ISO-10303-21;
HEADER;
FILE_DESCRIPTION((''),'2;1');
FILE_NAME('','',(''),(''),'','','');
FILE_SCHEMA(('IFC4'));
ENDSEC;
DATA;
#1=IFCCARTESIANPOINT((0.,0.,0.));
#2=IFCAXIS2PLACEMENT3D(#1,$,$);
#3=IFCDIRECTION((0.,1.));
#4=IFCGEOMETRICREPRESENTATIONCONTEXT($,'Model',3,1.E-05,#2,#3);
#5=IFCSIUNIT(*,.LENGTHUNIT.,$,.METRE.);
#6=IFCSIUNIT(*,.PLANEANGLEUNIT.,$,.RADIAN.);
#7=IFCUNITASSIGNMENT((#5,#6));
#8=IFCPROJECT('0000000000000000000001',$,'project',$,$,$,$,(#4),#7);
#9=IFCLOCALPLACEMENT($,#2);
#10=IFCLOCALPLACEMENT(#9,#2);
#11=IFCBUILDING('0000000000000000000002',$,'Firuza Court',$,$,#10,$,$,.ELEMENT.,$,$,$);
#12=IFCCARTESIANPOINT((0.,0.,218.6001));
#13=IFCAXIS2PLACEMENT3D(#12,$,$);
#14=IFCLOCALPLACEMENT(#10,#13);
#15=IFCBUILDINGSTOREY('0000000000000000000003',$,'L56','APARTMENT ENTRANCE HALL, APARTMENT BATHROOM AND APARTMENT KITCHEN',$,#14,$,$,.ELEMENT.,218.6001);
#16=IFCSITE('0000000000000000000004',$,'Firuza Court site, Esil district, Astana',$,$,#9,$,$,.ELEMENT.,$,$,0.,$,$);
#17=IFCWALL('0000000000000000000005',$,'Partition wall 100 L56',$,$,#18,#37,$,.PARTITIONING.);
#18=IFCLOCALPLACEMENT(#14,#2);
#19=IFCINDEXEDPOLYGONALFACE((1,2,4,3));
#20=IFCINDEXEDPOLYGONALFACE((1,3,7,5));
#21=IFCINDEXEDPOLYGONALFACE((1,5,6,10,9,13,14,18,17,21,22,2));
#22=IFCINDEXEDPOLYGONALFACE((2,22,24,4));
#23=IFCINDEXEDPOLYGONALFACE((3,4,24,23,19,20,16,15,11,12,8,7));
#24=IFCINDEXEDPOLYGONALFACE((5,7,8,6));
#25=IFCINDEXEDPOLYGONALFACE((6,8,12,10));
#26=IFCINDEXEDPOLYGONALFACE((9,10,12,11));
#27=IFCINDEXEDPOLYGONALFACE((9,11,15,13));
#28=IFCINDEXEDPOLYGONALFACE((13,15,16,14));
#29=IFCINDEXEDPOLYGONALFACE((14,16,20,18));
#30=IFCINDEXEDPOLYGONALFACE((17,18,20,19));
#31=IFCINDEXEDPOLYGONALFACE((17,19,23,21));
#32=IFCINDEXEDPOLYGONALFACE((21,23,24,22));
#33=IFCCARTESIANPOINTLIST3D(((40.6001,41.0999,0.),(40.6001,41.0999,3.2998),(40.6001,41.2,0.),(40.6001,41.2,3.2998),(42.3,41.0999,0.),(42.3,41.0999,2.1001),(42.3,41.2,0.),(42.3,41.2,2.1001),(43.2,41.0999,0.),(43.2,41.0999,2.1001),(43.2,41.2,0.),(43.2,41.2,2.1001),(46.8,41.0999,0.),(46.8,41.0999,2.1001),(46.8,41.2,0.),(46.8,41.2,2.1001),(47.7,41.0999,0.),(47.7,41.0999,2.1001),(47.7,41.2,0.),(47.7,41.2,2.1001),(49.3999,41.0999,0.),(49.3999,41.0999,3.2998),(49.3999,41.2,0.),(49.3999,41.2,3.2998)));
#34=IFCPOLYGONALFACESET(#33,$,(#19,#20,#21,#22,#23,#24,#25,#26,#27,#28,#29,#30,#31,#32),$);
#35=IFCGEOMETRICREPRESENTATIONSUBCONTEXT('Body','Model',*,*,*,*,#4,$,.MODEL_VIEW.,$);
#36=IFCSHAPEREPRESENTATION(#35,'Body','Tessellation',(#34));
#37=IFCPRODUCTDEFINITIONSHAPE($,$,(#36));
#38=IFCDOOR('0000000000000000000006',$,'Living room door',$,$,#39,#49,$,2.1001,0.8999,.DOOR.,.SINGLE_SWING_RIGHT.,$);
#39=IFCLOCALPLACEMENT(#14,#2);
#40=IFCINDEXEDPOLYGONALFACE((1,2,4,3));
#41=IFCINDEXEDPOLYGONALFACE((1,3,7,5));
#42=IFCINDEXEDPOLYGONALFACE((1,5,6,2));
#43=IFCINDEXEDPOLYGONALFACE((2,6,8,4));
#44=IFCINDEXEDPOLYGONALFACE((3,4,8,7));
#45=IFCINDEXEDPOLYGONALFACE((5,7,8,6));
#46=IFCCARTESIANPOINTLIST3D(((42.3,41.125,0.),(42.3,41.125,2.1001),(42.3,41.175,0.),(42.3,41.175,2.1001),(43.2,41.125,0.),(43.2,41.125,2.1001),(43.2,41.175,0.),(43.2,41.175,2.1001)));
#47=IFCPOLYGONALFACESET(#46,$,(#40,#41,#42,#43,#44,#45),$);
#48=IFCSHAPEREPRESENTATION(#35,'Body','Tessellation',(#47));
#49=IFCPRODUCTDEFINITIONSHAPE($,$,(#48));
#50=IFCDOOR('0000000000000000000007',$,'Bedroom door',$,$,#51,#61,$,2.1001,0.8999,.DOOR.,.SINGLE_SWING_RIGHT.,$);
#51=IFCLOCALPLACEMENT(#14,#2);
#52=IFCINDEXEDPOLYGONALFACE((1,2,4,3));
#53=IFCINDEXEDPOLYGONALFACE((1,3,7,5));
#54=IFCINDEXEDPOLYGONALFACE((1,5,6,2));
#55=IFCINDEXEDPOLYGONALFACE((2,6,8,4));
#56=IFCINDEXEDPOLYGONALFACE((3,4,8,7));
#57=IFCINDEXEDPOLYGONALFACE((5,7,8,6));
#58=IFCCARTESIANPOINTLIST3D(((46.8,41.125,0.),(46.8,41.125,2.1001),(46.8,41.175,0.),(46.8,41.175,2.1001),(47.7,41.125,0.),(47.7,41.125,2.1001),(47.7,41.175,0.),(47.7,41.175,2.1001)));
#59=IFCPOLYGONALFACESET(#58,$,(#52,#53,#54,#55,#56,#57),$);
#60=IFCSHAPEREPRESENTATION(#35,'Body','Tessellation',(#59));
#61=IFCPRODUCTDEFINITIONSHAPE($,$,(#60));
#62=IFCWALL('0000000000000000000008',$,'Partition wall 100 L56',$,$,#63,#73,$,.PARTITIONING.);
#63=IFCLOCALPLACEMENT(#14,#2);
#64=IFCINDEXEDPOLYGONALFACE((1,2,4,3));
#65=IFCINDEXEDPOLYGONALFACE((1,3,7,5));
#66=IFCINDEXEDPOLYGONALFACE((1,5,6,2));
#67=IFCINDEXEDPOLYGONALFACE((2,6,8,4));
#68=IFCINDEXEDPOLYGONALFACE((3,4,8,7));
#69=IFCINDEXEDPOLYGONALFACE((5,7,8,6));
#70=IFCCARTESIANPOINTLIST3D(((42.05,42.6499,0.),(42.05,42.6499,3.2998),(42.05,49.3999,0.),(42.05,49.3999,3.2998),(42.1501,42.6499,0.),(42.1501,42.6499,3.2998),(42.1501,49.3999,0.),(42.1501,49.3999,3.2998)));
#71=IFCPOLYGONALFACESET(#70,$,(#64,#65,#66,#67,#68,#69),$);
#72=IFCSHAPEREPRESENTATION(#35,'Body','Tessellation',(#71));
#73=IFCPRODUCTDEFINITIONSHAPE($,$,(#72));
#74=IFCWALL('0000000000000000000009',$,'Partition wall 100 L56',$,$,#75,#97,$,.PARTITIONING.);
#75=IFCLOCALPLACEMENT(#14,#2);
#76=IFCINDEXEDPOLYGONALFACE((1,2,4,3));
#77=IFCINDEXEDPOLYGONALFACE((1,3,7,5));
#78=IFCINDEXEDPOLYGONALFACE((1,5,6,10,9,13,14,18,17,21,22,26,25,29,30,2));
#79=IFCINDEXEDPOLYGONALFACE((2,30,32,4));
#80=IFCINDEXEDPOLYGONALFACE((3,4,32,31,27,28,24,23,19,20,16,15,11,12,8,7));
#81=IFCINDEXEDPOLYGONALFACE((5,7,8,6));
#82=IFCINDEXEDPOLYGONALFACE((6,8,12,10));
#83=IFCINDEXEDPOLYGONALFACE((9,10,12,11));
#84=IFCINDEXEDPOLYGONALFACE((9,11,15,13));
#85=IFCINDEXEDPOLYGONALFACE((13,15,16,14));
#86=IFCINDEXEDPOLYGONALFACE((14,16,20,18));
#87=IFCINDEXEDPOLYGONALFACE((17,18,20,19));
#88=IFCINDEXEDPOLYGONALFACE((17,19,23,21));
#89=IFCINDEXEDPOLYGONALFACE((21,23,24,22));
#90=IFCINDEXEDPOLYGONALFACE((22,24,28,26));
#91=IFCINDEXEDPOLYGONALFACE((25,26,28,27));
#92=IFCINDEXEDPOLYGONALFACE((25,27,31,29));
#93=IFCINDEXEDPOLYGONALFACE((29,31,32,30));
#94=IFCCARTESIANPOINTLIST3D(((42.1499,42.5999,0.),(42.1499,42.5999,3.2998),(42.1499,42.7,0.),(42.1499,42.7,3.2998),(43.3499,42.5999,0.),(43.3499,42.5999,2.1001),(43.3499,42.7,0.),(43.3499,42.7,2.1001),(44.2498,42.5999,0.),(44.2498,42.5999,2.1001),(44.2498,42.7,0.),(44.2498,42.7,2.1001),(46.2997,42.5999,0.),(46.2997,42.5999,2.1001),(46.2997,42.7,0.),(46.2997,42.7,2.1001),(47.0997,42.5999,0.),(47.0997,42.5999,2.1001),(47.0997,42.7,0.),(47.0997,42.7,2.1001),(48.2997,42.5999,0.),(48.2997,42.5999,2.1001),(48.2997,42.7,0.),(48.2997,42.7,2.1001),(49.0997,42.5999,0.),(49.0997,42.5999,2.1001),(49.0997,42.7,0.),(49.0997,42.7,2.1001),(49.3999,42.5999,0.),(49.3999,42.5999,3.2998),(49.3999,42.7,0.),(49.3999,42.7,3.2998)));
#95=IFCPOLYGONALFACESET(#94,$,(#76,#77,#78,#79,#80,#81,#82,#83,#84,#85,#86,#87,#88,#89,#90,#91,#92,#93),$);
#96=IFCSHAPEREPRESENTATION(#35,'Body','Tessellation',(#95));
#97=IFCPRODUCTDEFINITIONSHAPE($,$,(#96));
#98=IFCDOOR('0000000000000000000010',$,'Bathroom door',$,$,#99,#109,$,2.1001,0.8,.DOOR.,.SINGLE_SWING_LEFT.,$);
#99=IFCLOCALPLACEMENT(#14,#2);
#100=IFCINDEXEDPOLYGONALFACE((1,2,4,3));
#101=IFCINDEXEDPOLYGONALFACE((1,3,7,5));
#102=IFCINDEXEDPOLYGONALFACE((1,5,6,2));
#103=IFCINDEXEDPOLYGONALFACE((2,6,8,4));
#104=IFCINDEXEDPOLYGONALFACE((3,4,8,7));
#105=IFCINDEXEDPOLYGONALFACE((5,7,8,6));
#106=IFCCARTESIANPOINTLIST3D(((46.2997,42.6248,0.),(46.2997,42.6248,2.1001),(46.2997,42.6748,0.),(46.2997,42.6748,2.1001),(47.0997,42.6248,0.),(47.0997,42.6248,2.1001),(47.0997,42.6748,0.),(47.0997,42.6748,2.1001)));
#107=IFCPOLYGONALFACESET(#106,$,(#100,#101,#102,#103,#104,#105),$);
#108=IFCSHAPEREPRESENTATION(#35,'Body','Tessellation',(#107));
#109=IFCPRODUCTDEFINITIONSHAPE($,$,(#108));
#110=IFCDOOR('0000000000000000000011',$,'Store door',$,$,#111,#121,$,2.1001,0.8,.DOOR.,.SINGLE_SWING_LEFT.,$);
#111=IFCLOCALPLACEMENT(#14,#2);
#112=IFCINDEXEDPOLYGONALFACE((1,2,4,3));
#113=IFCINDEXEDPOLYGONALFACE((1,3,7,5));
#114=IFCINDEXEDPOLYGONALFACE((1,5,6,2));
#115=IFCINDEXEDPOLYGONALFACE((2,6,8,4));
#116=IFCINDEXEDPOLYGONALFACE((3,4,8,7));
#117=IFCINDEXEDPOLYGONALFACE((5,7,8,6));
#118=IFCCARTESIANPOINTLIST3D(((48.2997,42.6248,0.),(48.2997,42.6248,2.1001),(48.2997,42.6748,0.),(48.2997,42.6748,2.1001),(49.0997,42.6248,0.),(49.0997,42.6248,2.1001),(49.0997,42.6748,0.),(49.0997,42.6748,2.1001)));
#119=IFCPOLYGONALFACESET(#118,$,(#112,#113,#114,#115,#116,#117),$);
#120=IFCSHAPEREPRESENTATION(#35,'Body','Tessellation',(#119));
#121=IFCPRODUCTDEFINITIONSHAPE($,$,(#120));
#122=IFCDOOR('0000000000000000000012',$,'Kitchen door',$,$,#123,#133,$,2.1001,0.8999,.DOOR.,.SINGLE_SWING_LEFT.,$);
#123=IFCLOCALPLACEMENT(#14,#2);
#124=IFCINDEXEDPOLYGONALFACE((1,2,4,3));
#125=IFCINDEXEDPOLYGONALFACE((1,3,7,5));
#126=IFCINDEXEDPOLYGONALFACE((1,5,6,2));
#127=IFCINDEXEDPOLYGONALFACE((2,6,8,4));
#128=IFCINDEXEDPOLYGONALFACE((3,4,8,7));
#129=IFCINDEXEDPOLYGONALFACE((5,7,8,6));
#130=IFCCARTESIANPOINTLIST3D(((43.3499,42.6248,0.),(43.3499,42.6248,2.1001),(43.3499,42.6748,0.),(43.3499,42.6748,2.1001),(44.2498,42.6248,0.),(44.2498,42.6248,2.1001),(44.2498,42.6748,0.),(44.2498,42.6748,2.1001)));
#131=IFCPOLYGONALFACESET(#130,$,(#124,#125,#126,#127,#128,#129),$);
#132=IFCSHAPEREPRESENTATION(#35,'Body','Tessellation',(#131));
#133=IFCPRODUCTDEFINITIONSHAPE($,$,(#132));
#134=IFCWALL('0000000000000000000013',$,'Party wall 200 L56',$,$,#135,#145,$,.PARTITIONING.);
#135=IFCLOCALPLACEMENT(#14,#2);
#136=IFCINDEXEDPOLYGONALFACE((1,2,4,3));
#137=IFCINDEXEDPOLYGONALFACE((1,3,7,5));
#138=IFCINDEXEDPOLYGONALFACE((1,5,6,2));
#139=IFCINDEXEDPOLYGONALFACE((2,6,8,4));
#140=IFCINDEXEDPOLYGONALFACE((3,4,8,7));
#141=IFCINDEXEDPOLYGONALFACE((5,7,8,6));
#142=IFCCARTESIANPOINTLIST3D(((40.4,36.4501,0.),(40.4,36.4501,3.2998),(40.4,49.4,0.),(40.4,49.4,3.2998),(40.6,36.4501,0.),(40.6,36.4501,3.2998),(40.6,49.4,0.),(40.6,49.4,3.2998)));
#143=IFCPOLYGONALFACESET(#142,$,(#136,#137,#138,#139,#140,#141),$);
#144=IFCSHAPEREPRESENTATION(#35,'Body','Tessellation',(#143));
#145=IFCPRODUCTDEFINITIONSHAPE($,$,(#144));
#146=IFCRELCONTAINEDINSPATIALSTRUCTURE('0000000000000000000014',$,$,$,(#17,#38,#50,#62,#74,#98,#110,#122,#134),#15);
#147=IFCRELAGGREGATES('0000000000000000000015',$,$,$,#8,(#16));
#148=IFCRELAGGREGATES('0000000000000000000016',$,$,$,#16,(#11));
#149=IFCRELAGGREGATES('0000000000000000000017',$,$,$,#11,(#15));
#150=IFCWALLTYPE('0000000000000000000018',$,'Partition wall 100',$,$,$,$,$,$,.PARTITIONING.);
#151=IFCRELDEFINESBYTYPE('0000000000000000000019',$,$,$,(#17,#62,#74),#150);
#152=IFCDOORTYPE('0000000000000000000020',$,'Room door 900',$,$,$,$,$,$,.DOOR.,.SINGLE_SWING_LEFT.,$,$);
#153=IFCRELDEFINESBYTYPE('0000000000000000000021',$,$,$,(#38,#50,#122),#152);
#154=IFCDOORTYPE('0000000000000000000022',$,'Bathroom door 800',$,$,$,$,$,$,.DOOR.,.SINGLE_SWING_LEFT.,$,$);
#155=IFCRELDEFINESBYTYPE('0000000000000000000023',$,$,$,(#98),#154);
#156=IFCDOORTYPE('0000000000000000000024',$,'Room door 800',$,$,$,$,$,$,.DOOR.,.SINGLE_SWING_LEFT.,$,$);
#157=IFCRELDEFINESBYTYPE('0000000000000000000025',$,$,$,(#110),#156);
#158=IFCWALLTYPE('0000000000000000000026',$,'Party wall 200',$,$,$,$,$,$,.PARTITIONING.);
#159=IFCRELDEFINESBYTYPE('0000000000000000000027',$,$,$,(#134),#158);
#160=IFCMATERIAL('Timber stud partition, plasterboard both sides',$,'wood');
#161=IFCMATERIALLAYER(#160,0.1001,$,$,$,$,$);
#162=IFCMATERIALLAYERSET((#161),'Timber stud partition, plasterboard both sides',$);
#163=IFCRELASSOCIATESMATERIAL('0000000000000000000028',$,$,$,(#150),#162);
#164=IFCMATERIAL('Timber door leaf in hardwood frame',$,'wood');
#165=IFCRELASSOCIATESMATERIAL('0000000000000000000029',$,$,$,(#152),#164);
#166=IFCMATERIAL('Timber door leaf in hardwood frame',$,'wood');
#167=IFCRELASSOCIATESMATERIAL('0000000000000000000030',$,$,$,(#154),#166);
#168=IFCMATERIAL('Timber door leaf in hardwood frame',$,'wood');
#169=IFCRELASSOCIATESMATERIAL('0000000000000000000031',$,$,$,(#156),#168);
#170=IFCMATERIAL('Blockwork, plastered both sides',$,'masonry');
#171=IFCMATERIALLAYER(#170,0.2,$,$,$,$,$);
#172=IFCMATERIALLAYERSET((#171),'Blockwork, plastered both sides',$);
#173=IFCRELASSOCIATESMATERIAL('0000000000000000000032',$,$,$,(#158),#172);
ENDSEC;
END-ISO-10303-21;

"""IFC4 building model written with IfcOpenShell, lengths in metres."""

from ifc_helpers import new_model, si_unit, direction, frame, frame_2d, origin, place, context, subcontext, project, spatial, rectangle, extrude, material, layer, layer_set, type_object, element, fill, save


model = new_model("IFC4")

# Units and contexts
model_context = context("Model", 3, precision=1e-05, world=origin(), true_north=direction((0.0, 1.0)))
body_context = subcontext(model_context, "Body", "Model", "MODEL_VIEW")
ifc_project = project(units=[si_unit("LENGTHUNIT", "METRE"), si_unit("PLANEANGLEUNIT", "RADIAN")], contexts=[model_context])

# Site, building, storey
site_placement = place(None, origin())
site = spatial("IfcSite", under=ifc_project, at=site_placement, Name="Firuza Court site, Esil district, Astana", CompositionType="ELEMENT", RefElevation=0.0)
building_placement = place(site_placement, origin())
building = spatial("IfcBuilding", under=site, at=building_placement, Name="Firuza Court", CompositionType="ELEMENT")
storey_placement = place(building_placement, frame((0.0, 0.0, 218.6001)))
storey = spatial("IfcBuildingStorey", under=building, at=storey_placement, Name="L56", Description="APARTMENT ENTRANCE HALL, APARTMENT BATHROOM AND APARTMENT KITCHEN", CompositionType="ELEMENT", Elevation=218.6001)

# Shared definitions
ifc_material_1 = material(Name="Timber stud partition, plasterboard both sides", Category="wood")
ifc_layer_1 = layer(ifc_material_1, 0.1001)
ifc_layer_set_1 = layer_set([ifc_layer_1], Name="Timber stud partition, plasterboard both sides")
wall_type_1 = type_object("IfcWallType", Name="Partition wall 100", PredefinedType="PARTITIONING", material=ifc_layer_set_1)

# Wall, openings, doors
wall_1_placement = place(storey_placement, frame((40.6001, 41.1499, 0.0), z_axis=(0.0, 0.0, 1.0), x_axis=(1.0, 0.0, 0.0)))
wall_1 = element("IfcWall", 1, at=wall_1_placement, inside=storey, type_object=wall_type_1, Name="Partition wall 100 L56", PredefinedType="PARTITIONING", context=body_context, shape_type="SweptSolid", body=[
    extrude(rectangle(XDim=8.7998, YDim=0.1001, at=frame_2d((4.3999, 0.0))), origin(), (0.0, 0.0, 1.0), 3.2998),
])
opening_1_placement = place(wall_1_placement, frame((1.7, 0.0, 0.0)))
opening_1 = element("IfcOpeningElement", 2, at=opening_1_placement, cuts=wall_1, PredefinedType="OPENING", context=body_context, shape_type="SweptSolid", body=[
    extrude(rectangle(XDim=0.8999, YDim=2.1001, at=frame_2d((0.45, 1.05))), frame((0.0, 0.062, 0.0), z_axis=(0.0, -1.0, 0.0), x_axis=(1.0, 0.0, 0.0)), (0.0, 0.0, 1.0), 0.124),
])
opening_2_placement = place(wall_1_placement, frame((6.2, 0.0, 0.0)))
opening_2 = element("IfcOpeningElement", 3, at=opening_2_placement, cuts=wall_1, PredefinedType="OPENING", context=body_context, shape_type="SweptSolid", body=[
    extrude(rectangle(XDim=0.8999, YDim=2.1001, at=frame_2d((0.45, 1.05))), frame((0.0, 0.062, 0.0), z_axis=(0.0, -1.0, 0.0), x_axis=(1.0, 0.0, 0.0)), (0.0, 0.0, 1.0), 0.124),
])
ifc_material_2 = material(Name="Timber door leaf in hardwood frame", Category="wood")
door_type_1 = type_object("IfcDoorType", Name="Room door 900", OperationType="SINGLE_SWING_LEFT", PredefinedType="DOOR", material=ifc_material_2)
door_1_placement = place(opening_1_placement, frame((0.8999, 0.0, 0.0), z_axis=(0.0, 0.0, 1.0), x_axis=(-1.0, 0.0, 0.0)))
door_1 = element("IfcDoor", 4, at=door_1_placement, inside=storey, type_object=door_type_1, Name="Living room door", OperationType="SINGLE_SWING_RIGHT", OverallHeight=2.1001, OverallWidth=0.8999, PredefinedType="DOOR", context=body_context, shape_type="SweptSolid", body=[
    extrude(rectangle(XDim=0.8999, YDim=2.1001, at=frame_2d((0.45, 1.05))), frame((0.0, 0.0249, 0.0), z_axis=(0.0, -1.0, 0.0), x_axis=(1.0, 0.0, 0.0)), (0.0, 0.0, 1.0), 0.05),
])
fill(opening_1, door_1)
door_2_placement = place(opening_2_placement, frame((0.8999, 0.0, 0.0), z_axis=(0.0, 0.0, 1.0), x_axis=(-1.0, 0.0, 0.0)))
door_2 = element("IfcDoor", 5, at=door_2_placement, inside=storey, type_object=door_type_1, Name="Bedroom door", OperationType="SINGLE_SWING_RIGHT", OverallHeight=2.1001, OverallWidth=0.8999, PredefinedType="DOOR", context=body_context, shape_type="SweptSolid", body=[
    extrude(rectangle(XDim=0.8999, YDim=2.1001, at=frame_2d((0.45, 1.05))), frame((0.0, 0.0249, 0.0), z_axis=(0.0, -1.0, 0.0), x_axis=(1.0, 0.0, 0.0)), (0.0, 0.0, 1.0), 0.05),
])
fill(opening_2, door_2)

# Wall
wall_2_placement = place(storey_placement, frame((42.1001, 42.6499, 0.0), z_axis=(0.0, 0.0, 1.0), x_axis=(0.0, 1.0, 0.0)))
element("IfcWall", 6, at=wall_2_placement, inside=storey, type_object=wall_type_1, Name="Partition wall 100 L56", PredefinedType="PARTITIONING", context=body_context, shape_type="SweptSolid", body=[
    extrude(rectangle(XDim=6.75, YDim=0.1001, at=frame_2d((3.375, 0.0))), origin(), (0.0, 0.0, 1.0), 3.2998),
])

# Wall, openings, doors
wall_3_placement = place(storey_placement, frame((42.1499, 42.6499, 0.0), z_axis=(0.0, 0.0, 1.0), x_axis=(1.0, 0.0, 0.0)))
wall_3 = element("IfcWall", 7, at=wall_3_placement, inside=storey, type_object=wall_type_1, Name="Partition wall 100 L56", PredefinedType="PARTITIONING", context=body_context, shape_type="SweptSolid", body=[
    extrude(rectangle(XDim=7.25, YDim=0.1001, at=frame_2d((3.625, 0.0))), origin(), (0.0, 0.0, 1.0), 3.2998),
])
opening_3_placement = place(wall_3_placement, frame((4.1499, 0.0, 0.0)))
opening_3 = element("IfcOpeningElement", 8, at=opening_3_placement, cuts=wall_3, PredefinedType="OPENING", context=body_context, shape_type="SweptSolid", body=[
    extrude(rectangle(XDim=0.8, YDim=2.1001, at=frame_2d((0.3999, 1.05))), frame((0.0, 0.062, 0.0), z_axis=(0.0, -1.0, 0.0), x_axis=(1.0, 0.0, 0.0)), (0.0, 0.0, 1.0), 0.124),
])
opening_4_placement = place(wall_3_placement, frame((1.2, 0.0, 0.0)))
opening_4 = element("IfcOpeningElement", 9, at=opening_4_placement, cuts=wall_3, PredefinedType="OPENING", context=body_context, shape_type="SweptSolid", body=[
    extrude(rectangle(XDim=0.8999, YDim=2.1001, at=frame_2d((0.45, 1.05))), frame((0.0, 0.062, 0.0), z_axis=(0.0, -1.0, 0.0), x_axis=(1.0, 0.0, 0.0)), (0.0, 0.0, 1.0), 0.124),
])
opening_5_placement = place(wall_3_placement, frame((6.1499, 0.0, 0.0)))
opening_5 = element("IfcOpeningElement", 10, at=opening_5_placement, cuts=wall_3, PredefinedType="OPENING", context=body_context, shape_type="SweptSolid", body=[
    extrude(rectangle(XDim=0.8, YDim=2.1001, at=frame_2d((0.3999, 1.05))), frame((0.0, 0.062, 0.0), z_axis=(0.0, -1.0, 0.0), x_axis=(1.0, 0.0, 0.0)), (0.0, 0.0, 1.0), 0.124),
])
ifc_material_3 = material(Name="Timber door leaf in hardwood frame", Category="wood")
door_type_2 = type_object("IfcDoorType", Name="Bathroom door 800", OperationType="SINGLE_SWING_LEFT", PredefinedType="DOOR", material=ifc_material_3)
door_3_placement = place(opening_3_placement, origin())
door_3 = element("IfcDoor", 11, at=door_3_placement, inside=storey, type_object=door_type_2, Name="Bathroom door", OperationType="SINGLE_SWING_LEFT", OverallHeight=2.1001, OverallWidth=0.8, PredefinedType="DOOR", context=body_context, shape_type="SweptSolid", body=[
    extrude(rectangle(XDim=0.8, YDim=2.1001, at=frame_2d((0.3999, 1.05))), frame((0.0, 0.0249, 0.0), z_axis=(0.0, -1.0, 0.0), x_axis=(1.0, 0.0, 0.0)), (0.0, 0.0, 1.0), 0.05),
])
fill(opening_3, door_3)
ifc_material_4 = material(Name="Timber door leaf in hardwood frame", Category="wood")
door_type_3 = type_object("IfcDoorType", Name="Room door 800", OperationType="SINGLE_SWING_LEFT", PredefinedType="DOOR", material=ifc_material_4)
door_4_placement = place(opening_5_placement, origin())
door_4 = element("IfcDoor", 12, at=door_4_placement, inside=storey, type_object=door_type_3, Name="Store door", OperationType="SINGLE_SWING_LEFT", OverallHeight=2.1001, OverallWidth=0.8, PredefinedType="DOOR", context=body_context, shape_type="SweptSolid", body=[
    extrude(rectangle(XDim=0.8, YDim=2.1001, at=frame_2d((0.3999, 1.05))), frame((0.0, 0.0249, 0.0), z_axis=(0.0, -1.0, 0.0), x_axis=(1.0, 0.0, 0.0)), (0.0, 0.0, 1.0), 0.05),
])
fill(opening_5, door_4)
door_5_placement = place(opening_4_placement, origin())
door_5 = element("IfcDoor", 13, at=door_5_placement, inside=storey, type_object=door_type_1, Name="Kitchen door", OperationType="SINGLE_SWING_LEFT", OverallHeight=2.1001, OverallWidth=0.8999, PredefinedType="DOOR", context=body_context, shape_type="SweptSolid", body=[
    extrude(rectangle(XDim=0.8999, YDim=2.1001, at=frame_2d((0.45, 1.05))), frame((0.0, 0.0249, 0.0), z_axis=(0.0, -1.0, 0.0), x_axis=(1.0, 0.0, 0.0)), (0.0, 0.0, 1.0), 0.05),
])
fill(opening_4, door_5)

# Wall
ifc_material_5 = material(Name="Blockwork, plastered both sides", Category="masonry")
ifc_layer_2 = layer(ifc_material_5, 0.2)
ifc_layer_set_2 = layer_set([ifc_layer_2], Name="Blockwork, plastered both sides")
wall_type_2 = type_object("IfcWallType", Name="Party wall 200", PredefinedType="PARTITIONING", material=ifc_layer_set_2)
wall_4_placement = place(storey_placement, frame((40.5, 36.45, 0.0), z_axis=(0.0, 0.0, 1.0), x_axis=(0.0, 1.0, 0.0)))
element("IfcWall", 14, at=wall_4_placement, inside=storey, type_object=wall_type_2, Name="Party wall 200 L56", PredefinedType="PARTITIONING", context=body_context, shape_type="SweptSolid", body=[
    extrude(rectangle(XDim=12.95, YDim=0.2, at=frame_2d((6.4751, 0.0))), origin(), (0.0, 0.0, 1.0), 3.2998),
])

save(model, "model.ifc")
